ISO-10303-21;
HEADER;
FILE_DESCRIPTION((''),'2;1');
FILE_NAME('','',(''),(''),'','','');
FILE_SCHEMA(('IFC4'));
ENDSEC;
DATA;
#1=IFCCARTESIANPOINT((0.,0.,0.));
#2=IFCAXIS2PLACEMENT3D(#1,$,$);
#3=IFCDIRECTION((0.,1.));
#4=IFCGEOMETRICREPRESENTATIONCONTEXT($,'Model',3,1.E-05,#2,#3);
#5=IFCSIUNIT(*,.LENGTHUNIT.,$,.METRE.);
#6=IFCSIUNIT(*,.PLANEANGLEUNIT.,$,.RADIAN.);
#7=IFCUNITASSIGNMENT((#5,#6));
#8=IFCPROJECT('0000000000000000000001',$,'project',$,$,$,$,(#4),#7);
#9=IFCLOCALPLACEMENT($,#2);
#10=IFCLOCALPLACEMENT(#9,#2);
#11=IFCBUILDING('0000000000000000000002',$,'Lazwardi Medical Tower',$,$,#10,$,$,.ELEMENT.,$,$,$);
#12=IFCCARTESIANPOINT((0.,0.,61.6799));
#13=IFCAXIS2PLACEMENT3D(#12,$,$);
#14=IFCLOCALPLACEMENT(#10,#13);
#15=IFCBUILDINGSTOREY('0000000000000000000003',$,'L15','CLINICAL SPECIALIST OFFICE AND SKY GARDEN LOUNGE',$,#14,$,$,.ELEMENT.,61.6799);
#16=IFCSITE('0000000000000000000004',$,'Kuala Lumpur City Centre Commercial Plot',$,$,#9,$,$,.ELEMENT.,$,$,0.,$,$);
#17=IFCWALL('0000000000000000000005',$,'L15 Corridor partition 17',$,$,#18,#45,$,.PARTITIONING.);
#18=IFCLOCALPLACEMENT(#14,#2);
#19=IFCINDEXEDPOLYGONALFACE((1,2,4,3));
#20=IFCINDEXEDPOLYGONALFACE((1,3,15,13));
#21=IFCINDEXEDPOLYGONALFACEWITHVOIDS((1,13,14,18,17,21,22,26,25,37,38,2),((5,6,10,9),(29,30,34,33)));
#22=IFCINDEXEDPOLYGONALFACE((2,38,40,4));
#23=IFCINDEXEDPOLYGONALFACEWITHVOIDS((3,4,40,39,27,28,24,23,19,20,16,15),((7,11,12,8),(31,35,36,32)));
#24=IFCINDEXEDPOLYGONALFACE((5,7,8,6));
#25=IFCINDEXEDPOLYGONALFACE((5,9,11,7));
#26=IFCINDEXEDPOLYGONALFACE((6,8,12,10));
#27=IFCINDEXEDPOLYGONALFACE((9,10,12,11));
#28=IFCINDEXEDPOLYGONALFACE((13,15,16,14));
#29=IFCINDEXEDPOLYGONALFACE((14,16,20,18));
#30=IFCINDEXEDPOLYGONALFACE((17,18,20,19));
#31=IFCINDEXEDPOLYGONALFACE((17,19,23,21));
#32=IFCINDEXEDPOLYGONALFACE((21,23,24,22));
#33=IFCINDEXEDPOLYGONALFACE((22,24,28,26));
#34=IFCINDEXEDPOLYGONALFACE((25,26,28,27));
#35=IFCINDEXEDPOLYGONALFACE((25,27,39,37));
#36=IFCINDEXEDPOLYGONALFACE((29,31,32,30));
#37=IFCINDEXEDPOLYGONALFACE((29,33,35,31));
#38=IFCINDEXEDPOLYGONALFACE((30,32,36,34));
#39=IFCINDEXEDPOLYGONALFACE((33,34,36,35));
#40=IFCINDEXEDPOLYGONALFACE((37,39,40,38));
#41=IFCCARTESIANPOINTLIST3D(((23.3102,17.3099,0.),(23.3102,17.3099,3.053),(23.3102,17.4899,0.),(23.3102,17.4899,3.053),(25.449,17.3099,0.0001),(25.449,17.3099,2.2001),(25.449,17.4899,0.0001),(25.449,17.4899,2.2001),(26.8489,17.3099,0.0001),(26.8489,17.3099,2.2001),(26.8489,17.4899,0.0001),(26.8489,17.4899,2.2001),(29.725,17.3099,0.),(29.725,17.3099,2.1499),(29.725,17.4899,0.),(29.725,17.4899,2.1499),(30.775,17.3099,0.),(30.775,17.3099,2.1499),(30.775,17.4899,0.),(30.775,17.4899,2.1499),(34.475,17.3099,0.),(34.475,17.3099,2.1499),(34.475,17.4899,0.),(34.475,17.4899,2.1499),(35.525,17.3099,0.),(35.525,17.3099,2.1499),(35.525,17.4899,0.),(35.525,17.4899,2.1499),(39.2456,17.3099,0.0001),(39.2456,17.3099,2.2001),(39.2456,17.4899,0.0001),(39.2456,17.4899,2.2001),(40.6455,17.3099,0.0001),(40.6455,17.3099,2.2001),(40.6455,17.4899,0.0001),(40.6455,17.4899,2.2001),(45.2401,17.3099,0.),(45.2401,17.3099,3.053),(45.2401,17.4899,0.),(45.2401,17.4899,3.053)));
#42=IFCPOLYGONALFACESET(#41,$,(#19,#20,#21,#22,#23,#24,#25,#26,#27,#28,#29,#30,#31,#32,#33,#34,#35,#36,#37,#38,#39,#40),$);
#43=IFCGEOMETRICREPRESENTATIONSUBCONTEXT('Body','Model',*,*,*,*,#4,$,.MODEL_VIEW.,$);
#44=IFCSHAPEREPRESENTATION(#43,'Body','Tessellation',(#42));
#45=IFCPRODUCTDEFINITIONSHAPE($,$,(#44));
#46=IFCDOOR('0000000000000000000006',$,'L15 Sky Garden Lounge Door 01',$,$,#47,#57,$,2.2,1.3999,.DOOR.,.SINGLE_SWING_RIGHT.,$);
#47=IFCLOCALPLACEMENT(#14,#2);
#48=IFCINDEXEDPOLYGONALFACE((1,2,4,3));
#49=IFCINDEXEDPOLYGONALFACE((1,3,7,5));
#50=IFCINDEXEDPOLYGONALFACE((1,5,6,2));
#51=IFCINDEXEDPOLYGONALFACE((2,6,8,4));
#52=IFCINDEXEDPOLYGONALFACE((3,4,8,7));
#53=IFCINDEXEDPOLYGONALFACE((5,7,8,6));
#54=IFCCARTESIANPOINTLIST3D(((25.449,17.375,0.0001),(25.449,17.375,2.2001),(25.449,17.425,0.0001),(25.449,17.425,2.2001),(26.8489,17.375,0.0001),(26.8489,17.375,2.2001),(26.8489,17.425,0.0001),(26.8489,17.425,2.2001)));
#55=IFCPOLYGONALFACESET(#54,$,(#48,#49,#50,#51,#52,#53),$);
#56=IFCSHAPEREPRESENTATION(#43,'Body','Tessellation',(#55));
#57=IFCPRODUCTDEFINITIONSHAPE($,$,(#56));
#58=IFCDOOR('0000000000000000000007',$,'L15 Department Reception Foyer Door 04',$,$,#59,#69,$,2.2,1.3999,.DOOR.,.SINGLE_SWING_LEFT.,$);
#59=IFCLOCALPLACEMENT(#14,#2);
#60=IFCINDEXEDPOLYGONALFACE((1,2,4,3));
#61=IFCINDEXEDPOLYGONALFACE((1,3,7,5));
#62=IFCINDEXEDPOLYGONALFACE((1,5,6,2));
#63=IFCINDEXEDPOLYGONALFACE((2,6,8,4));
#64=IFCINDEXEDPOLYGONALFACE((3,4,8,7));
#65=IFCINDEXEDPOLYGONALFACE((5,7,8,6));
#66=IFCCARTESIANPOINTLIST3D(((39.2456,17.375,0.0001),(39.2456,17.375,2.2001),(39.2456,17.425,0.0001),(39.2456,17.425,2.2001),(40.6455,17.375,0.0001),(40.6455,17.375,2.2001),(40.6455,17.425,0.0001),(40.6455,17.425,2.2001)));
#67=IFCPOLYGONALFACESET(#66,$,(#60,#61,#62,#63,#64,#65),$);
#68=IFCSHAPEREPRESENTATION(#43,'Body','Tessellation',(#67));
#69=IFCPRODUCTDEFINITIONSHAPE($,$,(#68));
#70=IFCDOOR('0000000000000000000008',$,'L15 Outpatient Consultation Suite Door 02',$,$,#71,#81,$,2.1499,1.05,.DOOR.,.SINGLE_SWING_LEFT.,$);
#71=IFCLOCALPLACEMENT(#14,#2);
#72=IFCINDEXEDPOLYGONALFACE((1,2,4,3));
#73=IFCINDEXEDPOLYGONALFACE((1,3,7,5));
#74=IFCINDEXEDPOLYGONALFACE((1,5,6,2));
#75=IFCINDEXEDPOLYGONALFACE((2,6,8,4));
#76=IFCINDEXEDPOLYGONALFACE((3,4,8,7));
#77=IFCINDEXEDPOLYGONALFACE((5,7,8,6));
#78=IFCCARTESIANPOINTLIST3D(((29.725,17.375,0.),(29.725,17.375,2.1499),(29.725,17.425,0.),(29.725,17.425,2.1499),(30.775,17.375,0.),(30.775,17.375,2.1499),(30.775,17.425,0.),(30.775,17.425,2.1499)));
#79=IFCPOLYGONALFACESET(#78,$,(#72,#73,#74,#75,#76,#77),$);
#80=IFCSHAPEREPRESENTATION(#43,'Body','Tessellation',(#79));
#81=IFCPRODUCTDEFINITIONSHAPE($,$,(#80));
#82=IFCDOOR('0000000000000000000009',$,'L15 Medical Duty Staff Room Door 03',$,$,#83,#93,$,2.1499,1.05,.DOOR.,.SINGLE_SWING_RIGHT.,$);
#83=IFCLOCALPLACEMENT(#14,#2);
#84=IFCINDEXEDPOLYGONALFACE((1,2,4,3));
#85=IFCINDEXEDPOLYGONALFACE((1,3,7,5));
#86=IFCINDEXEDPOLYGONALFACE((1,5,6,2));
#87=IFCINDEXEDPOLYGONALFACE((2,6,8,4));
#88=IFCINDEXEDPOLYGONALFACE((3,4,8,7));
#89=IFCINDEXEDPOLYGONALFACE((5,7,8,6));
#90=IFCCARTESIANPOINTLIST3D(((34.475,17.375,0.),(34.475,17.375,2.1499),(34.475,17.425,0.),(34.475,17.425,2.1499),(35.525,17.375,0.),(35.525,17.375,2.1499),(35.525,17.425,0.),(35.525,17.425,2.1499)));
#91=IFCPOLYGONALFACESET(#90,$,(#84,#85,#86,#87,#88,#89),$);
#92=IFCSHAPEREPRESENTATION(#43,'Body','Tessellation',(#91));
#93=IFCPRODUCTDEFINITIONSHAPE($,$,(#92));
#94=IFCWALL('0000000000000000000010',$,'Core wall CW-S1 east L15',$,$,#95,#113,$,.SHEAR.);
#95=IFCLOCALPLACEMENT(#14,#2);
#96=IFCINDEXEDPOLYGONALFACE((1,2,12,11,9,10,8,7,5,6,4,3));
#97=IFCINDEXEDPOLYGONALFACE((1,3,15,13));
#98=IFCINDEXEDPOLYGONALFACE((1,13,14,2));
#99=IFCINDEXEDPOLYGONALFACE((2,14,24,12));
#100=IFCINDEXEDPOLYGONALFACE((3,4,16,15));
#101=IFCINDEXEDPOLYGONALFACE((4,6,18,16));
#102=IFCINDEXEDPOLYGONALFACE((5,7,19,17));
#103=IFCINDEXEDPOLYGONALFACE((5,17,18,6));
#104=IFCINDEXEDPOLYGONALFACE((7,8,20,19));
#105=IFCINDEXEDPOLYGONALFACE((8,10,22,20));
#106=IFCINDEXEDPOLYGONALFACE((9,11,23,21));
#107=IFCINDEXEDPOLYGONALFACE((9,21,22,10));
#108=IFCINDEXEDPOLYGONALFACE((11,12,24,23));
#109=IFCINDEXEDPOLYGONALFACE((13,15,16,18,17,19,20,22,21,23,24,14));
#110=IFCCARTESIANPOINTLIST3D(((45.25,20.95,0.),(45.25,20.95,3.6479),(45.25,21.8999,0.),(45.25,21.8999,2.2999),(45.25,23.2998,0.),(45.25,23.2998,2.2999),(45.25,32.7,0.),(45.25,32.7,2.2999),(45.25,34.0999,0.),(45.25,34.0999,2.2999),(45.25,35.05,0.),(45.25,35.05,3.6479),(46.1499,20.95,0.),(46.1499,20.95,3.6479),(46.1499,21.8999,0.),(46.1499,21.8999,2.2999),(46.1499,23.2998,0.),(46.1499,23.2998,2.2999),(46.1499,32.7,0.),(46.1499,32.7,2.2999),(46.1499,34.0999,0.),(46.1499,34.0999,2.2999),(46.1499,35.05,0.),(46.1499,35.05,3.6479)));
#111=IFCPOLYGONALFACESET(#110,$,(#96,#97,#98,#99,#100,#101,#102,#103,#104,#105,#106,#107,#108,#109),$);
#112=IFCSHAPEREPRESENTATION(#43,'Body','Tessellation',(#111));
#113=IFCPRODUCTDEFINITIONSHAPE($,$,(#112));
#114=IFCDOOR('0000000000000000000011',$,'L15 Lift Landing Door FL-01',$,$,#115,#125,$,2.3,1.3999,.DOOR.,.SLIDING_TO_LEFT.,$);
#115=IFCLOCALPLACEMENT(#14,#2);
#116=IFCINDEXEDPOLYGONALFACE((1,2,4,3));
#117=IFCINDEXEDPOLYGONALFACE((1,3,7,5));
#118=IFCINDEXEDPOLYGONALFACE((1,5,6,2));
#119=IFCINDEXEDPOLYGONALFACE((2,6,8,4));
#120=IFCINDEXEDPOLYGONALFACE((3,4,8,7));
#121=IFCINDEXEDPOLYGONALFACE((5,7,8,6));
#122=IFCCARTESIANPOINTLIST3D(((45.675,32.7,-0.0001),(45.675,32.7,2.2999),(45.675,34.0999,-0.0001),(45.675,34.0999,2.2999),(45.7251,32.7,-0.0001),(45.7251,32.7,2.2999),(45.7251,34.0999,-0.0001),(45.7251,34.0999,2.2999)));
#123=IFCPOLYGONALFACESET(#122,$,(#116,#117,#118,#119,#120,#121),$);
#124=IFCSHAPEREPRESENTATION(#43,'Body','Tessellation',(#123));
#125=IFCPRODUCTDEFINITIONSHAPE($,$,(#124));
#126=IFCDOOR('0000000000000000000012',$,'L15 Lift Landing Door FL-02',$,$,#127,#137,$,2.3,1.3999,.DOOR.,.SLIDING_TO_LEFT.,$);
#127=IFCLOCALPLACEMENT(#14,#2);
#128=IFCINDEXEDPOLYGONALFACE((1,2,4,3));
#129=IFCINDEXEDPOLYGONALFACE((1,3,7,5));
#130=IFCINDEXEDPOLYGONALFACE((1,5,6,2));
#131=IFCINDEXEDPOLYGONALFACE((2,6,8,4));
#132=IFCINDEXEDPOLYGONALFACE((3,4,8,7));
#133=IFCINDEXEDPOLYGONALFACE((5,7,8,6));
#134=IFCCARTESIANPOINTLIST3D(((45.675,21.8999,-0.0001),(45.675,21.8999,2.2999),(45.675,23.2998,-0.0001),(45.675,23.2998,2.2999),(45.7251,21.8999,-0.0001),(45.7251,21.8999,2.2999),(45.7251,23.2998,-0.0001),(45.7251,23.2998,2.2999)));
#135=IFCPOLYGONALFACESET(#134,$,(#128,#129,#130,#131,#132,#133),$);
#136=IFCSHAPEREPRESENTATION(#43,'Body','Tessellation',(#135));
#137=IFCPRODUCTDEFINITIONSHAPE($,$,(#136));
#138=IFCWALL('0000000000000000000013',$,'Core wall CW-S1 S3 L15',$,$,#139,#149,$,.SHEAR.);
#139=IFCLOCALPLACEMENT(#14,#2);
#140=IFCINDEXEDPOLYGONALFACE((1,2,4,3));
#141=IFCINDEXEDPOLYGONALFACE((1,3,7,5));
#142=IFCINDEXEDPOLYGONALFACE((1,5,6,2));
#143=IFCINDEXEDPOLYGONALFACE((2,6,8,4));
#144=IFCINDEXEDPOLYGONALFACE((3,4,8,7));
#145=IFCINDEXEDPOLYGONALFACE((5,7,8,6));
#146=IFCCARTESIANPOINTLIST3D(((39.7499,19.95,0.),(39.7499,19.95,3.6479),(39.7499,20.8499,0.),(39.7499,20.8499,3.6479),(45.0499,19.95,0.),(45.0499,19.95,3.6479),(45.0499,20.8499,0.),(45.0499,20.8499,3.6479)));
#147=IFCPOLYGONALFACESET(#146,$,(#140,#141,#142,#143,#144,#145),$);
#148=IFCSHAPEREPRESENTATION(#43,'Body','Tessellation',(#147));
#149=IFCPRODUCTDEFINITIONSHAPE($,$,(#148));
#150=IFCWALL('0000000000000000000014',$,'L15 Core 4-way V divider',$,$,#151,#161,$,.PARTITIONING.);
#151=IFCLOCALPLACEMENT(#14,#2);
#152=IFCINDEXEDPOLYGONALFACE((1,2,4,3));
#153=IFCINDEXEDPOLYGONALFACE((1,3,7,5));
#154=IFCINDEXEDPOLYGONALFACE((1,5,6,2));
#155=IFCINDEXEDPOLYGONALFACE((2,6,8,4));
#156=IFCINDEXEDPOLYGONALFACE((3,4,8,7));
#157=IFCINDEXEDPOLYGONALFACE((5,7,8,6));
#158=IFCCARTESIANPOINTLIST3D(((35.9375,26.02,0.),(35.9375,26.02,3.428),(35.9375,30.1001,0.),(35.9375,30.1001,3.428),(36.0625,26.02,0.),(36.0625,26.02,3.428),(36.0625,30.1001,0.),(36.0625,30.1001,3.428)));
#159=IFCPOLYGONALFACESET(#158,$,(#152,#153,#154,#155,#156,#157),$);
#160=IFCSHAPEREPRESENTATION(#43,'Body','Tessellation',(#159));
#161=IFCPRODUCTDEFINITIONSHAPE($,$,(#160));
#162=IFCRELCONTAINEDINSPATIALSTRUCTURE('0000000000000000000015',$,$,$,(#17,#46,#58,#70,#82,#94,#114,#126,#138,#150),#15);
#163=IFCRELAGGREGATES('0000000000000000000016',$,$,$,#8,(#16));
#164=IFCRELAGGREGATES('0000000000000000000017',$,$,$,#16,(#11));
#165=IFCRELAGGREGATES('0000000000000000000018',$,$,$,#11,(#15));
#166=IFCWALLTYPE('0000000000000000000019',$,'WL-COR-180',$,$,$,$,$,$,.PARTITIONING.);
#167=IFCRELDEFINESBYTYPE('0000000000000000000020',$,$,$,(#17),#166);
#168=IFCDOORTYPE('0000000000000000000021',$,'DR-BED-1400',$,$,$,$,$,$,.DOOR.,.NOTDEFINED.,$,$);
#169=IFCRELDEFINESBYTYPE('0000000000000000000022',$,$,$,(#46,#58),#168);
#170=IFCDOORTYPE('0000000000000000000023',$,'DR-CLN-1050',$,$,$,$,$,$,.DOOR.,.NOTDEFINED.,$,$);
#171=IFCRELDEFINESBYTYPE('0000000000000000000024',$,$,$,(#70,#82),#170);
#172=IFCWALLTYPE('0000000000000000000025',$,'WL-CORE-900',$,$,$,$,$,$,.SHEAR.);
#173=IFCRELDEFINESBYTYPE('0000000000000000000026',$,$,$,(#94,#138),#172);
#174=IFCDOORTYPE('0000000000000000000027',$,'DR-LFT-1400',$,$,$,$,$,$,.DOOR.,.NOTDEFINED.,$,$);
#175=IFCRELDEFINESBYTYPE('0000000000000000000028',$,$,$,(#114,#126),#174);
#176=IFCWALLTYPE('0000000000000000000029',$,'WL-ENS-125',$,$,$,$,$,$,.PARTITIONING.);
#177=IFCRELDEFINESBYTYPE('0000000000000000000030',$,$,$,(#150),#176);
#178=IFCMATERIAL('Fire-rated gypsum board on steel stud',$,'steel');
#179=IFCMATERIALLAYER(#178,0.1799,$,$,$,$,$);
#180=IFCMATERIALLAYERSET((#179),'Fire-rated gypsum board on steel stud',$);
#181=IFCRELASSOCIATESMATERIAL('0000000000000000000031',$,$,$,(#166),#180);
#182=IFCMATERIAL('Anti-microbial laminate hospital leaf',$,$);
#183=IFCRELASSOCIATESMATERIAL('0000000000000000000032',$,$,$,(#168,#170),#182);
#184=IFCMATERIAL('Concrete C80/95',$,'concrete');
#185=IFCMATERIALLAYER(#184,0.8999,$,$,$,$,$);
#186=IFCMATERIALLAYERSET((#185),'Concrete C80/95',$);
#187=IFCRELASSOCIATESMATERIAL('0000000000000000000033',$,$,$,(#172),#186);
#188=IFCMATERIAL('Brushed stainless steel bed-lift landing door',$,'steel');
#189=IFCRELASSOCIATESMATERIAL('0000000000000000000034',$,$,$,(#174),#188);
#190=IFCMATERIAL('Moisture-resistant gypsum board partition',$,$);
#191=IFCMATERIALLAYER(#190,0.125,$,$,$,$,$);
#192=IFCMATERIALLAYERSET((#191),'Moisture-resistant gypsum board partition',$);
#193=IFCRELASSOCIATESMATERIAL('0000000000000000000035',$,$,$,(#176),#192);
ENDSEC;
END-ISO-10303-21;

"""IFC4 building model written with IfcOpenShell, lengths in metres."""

from ifc_helpers import new_model, si_unit, direction, frame, frame_2d, origin, place, context, subcontext, project, spatial, rectangle, extrude, material, layer, layer_set, type_object, element, fill, save


model = new_model("IFC4")

# Units and contexts
model_context = context("Model", 3, precision=1e-05, world=origin(), true_north=direction((0.0, 1.0)))
body_context = subcontext(model_context, "Body", "Model", "MODEL_VIEW")
ifc_project = project(units=[si_unit("LENGTHUNIT", "METRE"), si_unit("PLANEANGLEUNIT", "RADIAN")], contexts=[model_context])

# Site, building, storey
site_placement = place(None, origin())
site = spatial("IfcSite", under=ifc_project, at=site_placement, Name="Kuala Lumpur City Centre Commercial Plot", CompositionType="ELEMENT", RefElevation=0.0)
building_placement = place(site_placement, origin())
building = spatial("IfcBuilding", under=site, at=building_placement, Name="Lazwardi Medical Tower", CompositionType="ELEMENT")
storey_placement = place(building_placement, frame((0.0, 0.0, 61.6799)))
storey = spatial("IfcBuildingStorey", under=building, at=storey_placement, Name="L15", Description="CLINICAL SPECIALIST OFFICE AND SKY GARDEN LOUNGE", CompositionType="ELEMENT", Elevation=61.6799)

# Shared definitions
ifc_material_1 = material(Name="Concrete C80/95", Category="concrete")

# Shared definitions
ifc_material_2 = material(Name="Fire-rated gypsum board on steel stud", Category="steel")
ifc_layer_1 = layer(ifc_material_2, 0.1799)
ifc_layer_set_1 = layer_set([ifc_layer_1], Name="Fire-rated gypsum board on steel stud")
wall_type_1 = type_object("IfcWallType", Name="WL-COR-180", PredefinedType="PARTITIONING", material=ifc_layer_set_1)

# Walls, openings, doors
wall_1_placement = place(storey_placement, frame((45.24, 17.3999, 0.0), z_axis=(0.0, 0.0, 1.0), x_axis=(-1.0, 0.0, 0.0)))
wall_1 = element("IfcWall", 1, at=wall_1_placement, inside=storey, type_object=wall_type_1, Name="L15 Corridor partition 17", PredefinedType="PARTITIONING", context=body_context, shape_type="SweptSolid", body=[
    extrude(rectangle(XDim=21.9299, YDim=0.1799, at=frame_2d((10.9648, 0.0))), origin(), (0.0, 0.0, 1.0), 3.053),
])
opening_1_placement = place(wall_1_placement, frame((18.3911, 0.0, 0.0)))
opening_1 = element("IfcOpeningElement", 2, at=opening_1_placement, cuts=wall_1, PredefinedType="OPENING", context=body_context, shape_type="SweptSolid", body=[
    extrude(rectangle(XDim=1.3999, YDim=2.2, at=frame_2d((0.7, 1.1001))), frame((0.0, 0.0999, 0.0), z_axis=(0.0, -1.0, 0.0), x_axis=(1.0, 0.0, 0.0)), (0.0, 0.0, 1.0), 0.2),
])
opening_2_placement = place(wall_1_placement, frame((14.4651, 0.0, 0.0)))
opening_2 = element("IfcOpeningElement", 3, at=opening_2_placement, cuts=wall_1, PredefinedType="OPENING", context=body_context, shape_type="SweptSolid", body=[
    extrude(rectangle(XDim=1.05, YDim=2.1499, at=frame_2d((0.5249, 1.075))), frame((0.0, 0.0999, 0.0), z_axis=(0.0, -1.0, 0.0), x_axis=(1.0, 0.0, 0.0)), (0.0, 0.0, 1.0), 0.2),
])
opening_3_placement = place(wall_1_placement, frame((9.7151, 0.0, 0.0)))
opening_3 = element("IfcOpeningElement", 4, at=opening_3_placement, cuts=wall_1, PredefinedType="OPENING", context=body_context, shape_type="SweptSolid", body=[
    extrude(rectangle(XDim=1.05, YDim=2.1499, at=frame_2d((0.5249, 1.075))), frame((0.0, 0.0999, 0.0), z_axis=(0.0, -1.0, 0.0), x_axis=(1.0, 0.0, 0.0)), (0.0, 0.0, 1.0), 0.2),
])
opening_4_placement = place(wall_1_placement, frame((4.5945, 0.0, 0.0)))
opening_4 = element("IfcOpeningElement", 5, at=opening_4_placement, cuts=wall_1, PredefinedType="OPENING", context=body_context, shape_type="SweptSolid", body=[
    extrude(rectangle(XDim=1.3999, YDim=2.2, at=frame_2d((0.7, 1.1001))), frame((0.0, 0.0999, 0.0), z_axis=(0.0, -1.0, 0.0), x_axis=(1.0, 0.0, 0.0)), (0.0, 0.0, 1.0), 0.2),
])
ifc_material_3 = material(Name="Anti-microbial laminate hospital leaf")
door_type_1 = type_object("IfcDoorType", Name="DR-BED-1400", OperationType="NOTDEFINED", PredefinedType="DOOR", material=ifc_material_3)
door_1_placement = place(opening_1_placement, origin())
door_1 = element("IfcDoor", 6, at=door_1_placement, inside=storey, type_object=door_type_1, Name="L15 Sky Garden Lounge Door 01", OperationType="SINGLE_SWING_RIGHT", OverallHeight=2.2, OverallWidth=1.3999, PredefinedType="DOOR", context=body_context, shape_type="SweptSolid", body=[
    extrude(rectangle(XDim=1.3999, YDim=2.2, at=frame_2d((0.7, 1.1001))), frame((0.0, 0.0249, 0.0), z_axis=(0.0, -1.0, 0.0), x_axis=(1.0, 0.0, 0.0)), (0.0, 0.0, 1.0), 0.05),
])
fill(opening_1, door_1)
door_2_placement = place(opening_4_placement, origin())
door_2 = element("IfcDoor", 7, at=door_2_placement, inside=storey, type_object=door_type_1, Name="L15 Department Reception Foyer Door 04", OperationType="SINGLE_SWING_LEFT", OverallHeight=2.2, OverallWidth=1.3999, PredefinedType="DOOR", context=body_context, shape_type="SweptSolid", body=[
    extrude(rectangle(XDim=1.3999, YDim=2.2, at=frame_2d((0.7, 1.1001))), frame((0.0, 0.0249, 0.0), z_axis=(0.0, -1.0, 0.0), x_axis=(1.0, 0.0, 0.0)), (0.0, 0.0, 1.0), 0.05),
])
fill(opening_4, door_2)
door_type_2 = type_object("IfcDoorType", Name="DR-CLN-1050", OperationType="NOTDEFINED", PredefinedType="DOOR", material=ifc_material_3)
door_3_placement = place(opening_2_placement, origin())
door_3 = element("IfcDoor", 8, at=door_3_placement, inside=storey, type_object=door_type_2, Name="L15 Outpatient Consultation Suite Door 02", OperationType="SINGLE_SWING_LEFT", OverallHeight=2.1499, OverallWidth=1.05, PredefinedType="DOOR", context=body_context, shape_type="SweptSolid", body=[
    extrude(rectangle(XDim=1.05, YDim=2.1499, at=frame_2d((0.5249, 1.075))), frame((0.0, 0.0249, 0.0), z_axis=(0.0, -1.0, 0.0), x_axis=(1.0, 0.0, 0.0)), (0.0, 0.0, 1.0), 0.05),
])
fill(opening_2, door_3)
door_4_placement = place(opening_3_placement, origin())
door_4 = element("IfcDoor", 9, at=door_4_placement, inside=storey, type_object=door_type_2, Name="L15 Medical Duty Staff Room Door 03", OperationType="SINGLE_SWING_RIGHT", OverallHeight=2.1499, OverallWidth=1.05, PredefinedType="DOOR", context=body_context, shape_type="SweptSolid", body=[
    extrude(rectangle(XDim=1.05, YDim=2.1499, at=frame_2d((0.5249, 1.075))), frame((0.0, 0.0249, 0.0), z_axis=(0.0, -1.0, 0.0), x_axis=(1.0, 0.0, 0.0)), (0.0, 0.0, 1.0), 0.05),
])
fill(opening_3, door_4)
ifc_layer_2 = layer(ifc_material_1, 0.8999)
ifc_layer_set_2 = layer_set([ifc_layer_2], Name="Concrete C80/95")
wall_type_2 = type_object("IfcWallType", Name="WL-CORE-900", PredefinedType="SHEAR", material=ifc_layer_set_2)
wall_2_placement = place(storey_placement, frame((45.7, 20.95, 0.0), z_axis=(0.0, 0.0, 1.0), x_axis=(0.0, 1.0, 0.0)))
wall_2 = element("IfcWall", 10, at=wall_2_placement, inside=storey, type_object=wall_type_2, Name="Core wall CW-S1 east L15", PredefinedType="SHEAR", context=body_context, shape_type="SweptSolid", body=[
    extrude(rectangle(XDim=14.1001, YDim=0.8999, at=frame_2d((7.05, 0.0))), origin(), (0.0, 0.0, 1.0), 3.6479),
])
opening_5_placement = place(wall_2_placement, frame((11.75, 0.0, 0.0)))
opening_5 = element("IfcOpeningElement", 11, at=opening_5_placement, cuts=wall_2, PredefinedType="OPENING", context=body_context, shape_type="SweptSolid", body=[
    extrude(rectangle(XDim=1.3999, YDim=2.3, at=frame_2d((0.7, 1.1499))), frame((0.0, 0.46, 0.0), z_axis=(0.0, -1.0, 0.0), x_axis=(1.0, 0.0, 0.0)), (0.0, 0.0, 1.0), 0.9199),
])
opening_6_placement = place(wall_2_placement, frame((0.95, 0.0, 0.0)))
opening_6 = element("IfcOpeningElement", 12, at=opening_6_placement, cuts=wall_2, PredefinedType="OPENING", context=body_context, shape_type="SweptSolid", body=[
    extrude(rectangle(XDim=1.3999, YDim=2.3, at=frame_2d((0.7, 1.1499))), frame((0.0, 0.46, 0.0), z_axis=(0.0, -1.0, 0.0), x_axis=(1.0, 0.0, 0.0)), (0.0, 0.0, 1.0), 0.9199),
])
ifc_material_4 = material(Name="Brushed stainless steel bed-lift landing door", Category="steel")
door_type_3 = type_object("IfcDoorType", Name="DR-LFT-1400", OperationType="NOTDEFINED", PredefinedType="DOOR", material=ifc_material_4)
door_5_placement = place(opening_5_placement, origin())
door_5 = element("IfcDoor", 13, at=door_5_placement, inside=storey, type_object=door_type_3, Name="L15 Lift Landing Door FL-01", OperationType="SLIDING_TO_LEFT", OverallHeight=2.3, OverallWidth=1.3999, PredefinedType="DOOR", context=body_context, shape_type="SweptSolid", body=[
    extrude(rectangle(XDim=1.3999, YDim=2.3, at=frame_2d((0.7, 1.1499))), frame((0.0, 0.0249, 0.0), z_axis=(0.0, -1.0, 0.0), x_axis=(1.0, 0.0, 0.0)), (0.0, 0.0, 1.0), 0.05),
])
fill(opening_5, door_5)
door_6_placement = place(opening_6_placement, origin())
door_6 = element("IfcDoor", 14, at=door_6_placement, inside=storey, type_object=door_type_3, Name="L15 Lift Landing Door FL-02", OperationType="SLIDING_TO_LEFT", OverallHeight=2.3, OverallWidth=1.3999, PredefinedType="DOOR", context=body_context, shape_type="SweptSolid", body=[
    extrude(rectangle(XDim=1.3999, YDim=2.3, at=frame_2d((0.7, 1.1499))), frame((0.0, 0.0249, 0.0), z_axis=(0.0, -1.0, 0.0), x_axis=(1.0, 0.0, 0.0)), (0.0, 0.0, 1.0), 0.05),
])
fill(opening_6, door_6)

# Walls
wall_3_placement = place(storey_placement, frame((39.75, 20.3999, 0.0), z_axis=(0.0, 0.0, 1.0), x_axis=(1.0, 0.0, 0.0)))
element("IfcWall", 15, at=wall_3_placement, inside=storey, type_object=wall_type_2, Name="Core wall CW-S1 S3 L15", PredefinedType="SHEAR", context=body_context, shape_type="SweptSolid", body=[
    extrude(rectangle(XDim=5.3, YDim=0.8999, at=frame_2d((2.6499, 0.0))), origin(), (0.0, 0.0, 1.0), 3.6479),
])
ifc_material_5 = material(Name="Moisture-resistant gypsum board partition")
ifc_layer_3 = layer(ifc_material_5, 0.125)
ifc_layer_set_3 = layer_set([ifc_layer_3], Name="Moisture-resistant gypsum board partition")
wall_type_3 = type_object("IfcWallType", Name="WL-ENS-125", PredefinedType="PARTITIONING", material=ifc_layer_set_3)
wall_4_placement = place(storey_placement, frame((36.0, 26.02, 0.0), z_axis=(0.0, 0.0, 1.0), x_axis=(0.0, 1.0, 0.0)))
element("IfcWall", 16, at=wall_4_placement, inside=storey, type_object=wall_type_3, Name="L15 Core 4-way V divider", PredefinedType="PARTITIONING", context=body_context, shape_type="SweptSolid", body=[
    extrude(rectangle(XDim=4.0801, YDim=0.125, at=frame_2d((2.04, 0.0))), origin(), (0.0, 0.0, 1.0), 3.428),
])

save(model, "model.ifc")
